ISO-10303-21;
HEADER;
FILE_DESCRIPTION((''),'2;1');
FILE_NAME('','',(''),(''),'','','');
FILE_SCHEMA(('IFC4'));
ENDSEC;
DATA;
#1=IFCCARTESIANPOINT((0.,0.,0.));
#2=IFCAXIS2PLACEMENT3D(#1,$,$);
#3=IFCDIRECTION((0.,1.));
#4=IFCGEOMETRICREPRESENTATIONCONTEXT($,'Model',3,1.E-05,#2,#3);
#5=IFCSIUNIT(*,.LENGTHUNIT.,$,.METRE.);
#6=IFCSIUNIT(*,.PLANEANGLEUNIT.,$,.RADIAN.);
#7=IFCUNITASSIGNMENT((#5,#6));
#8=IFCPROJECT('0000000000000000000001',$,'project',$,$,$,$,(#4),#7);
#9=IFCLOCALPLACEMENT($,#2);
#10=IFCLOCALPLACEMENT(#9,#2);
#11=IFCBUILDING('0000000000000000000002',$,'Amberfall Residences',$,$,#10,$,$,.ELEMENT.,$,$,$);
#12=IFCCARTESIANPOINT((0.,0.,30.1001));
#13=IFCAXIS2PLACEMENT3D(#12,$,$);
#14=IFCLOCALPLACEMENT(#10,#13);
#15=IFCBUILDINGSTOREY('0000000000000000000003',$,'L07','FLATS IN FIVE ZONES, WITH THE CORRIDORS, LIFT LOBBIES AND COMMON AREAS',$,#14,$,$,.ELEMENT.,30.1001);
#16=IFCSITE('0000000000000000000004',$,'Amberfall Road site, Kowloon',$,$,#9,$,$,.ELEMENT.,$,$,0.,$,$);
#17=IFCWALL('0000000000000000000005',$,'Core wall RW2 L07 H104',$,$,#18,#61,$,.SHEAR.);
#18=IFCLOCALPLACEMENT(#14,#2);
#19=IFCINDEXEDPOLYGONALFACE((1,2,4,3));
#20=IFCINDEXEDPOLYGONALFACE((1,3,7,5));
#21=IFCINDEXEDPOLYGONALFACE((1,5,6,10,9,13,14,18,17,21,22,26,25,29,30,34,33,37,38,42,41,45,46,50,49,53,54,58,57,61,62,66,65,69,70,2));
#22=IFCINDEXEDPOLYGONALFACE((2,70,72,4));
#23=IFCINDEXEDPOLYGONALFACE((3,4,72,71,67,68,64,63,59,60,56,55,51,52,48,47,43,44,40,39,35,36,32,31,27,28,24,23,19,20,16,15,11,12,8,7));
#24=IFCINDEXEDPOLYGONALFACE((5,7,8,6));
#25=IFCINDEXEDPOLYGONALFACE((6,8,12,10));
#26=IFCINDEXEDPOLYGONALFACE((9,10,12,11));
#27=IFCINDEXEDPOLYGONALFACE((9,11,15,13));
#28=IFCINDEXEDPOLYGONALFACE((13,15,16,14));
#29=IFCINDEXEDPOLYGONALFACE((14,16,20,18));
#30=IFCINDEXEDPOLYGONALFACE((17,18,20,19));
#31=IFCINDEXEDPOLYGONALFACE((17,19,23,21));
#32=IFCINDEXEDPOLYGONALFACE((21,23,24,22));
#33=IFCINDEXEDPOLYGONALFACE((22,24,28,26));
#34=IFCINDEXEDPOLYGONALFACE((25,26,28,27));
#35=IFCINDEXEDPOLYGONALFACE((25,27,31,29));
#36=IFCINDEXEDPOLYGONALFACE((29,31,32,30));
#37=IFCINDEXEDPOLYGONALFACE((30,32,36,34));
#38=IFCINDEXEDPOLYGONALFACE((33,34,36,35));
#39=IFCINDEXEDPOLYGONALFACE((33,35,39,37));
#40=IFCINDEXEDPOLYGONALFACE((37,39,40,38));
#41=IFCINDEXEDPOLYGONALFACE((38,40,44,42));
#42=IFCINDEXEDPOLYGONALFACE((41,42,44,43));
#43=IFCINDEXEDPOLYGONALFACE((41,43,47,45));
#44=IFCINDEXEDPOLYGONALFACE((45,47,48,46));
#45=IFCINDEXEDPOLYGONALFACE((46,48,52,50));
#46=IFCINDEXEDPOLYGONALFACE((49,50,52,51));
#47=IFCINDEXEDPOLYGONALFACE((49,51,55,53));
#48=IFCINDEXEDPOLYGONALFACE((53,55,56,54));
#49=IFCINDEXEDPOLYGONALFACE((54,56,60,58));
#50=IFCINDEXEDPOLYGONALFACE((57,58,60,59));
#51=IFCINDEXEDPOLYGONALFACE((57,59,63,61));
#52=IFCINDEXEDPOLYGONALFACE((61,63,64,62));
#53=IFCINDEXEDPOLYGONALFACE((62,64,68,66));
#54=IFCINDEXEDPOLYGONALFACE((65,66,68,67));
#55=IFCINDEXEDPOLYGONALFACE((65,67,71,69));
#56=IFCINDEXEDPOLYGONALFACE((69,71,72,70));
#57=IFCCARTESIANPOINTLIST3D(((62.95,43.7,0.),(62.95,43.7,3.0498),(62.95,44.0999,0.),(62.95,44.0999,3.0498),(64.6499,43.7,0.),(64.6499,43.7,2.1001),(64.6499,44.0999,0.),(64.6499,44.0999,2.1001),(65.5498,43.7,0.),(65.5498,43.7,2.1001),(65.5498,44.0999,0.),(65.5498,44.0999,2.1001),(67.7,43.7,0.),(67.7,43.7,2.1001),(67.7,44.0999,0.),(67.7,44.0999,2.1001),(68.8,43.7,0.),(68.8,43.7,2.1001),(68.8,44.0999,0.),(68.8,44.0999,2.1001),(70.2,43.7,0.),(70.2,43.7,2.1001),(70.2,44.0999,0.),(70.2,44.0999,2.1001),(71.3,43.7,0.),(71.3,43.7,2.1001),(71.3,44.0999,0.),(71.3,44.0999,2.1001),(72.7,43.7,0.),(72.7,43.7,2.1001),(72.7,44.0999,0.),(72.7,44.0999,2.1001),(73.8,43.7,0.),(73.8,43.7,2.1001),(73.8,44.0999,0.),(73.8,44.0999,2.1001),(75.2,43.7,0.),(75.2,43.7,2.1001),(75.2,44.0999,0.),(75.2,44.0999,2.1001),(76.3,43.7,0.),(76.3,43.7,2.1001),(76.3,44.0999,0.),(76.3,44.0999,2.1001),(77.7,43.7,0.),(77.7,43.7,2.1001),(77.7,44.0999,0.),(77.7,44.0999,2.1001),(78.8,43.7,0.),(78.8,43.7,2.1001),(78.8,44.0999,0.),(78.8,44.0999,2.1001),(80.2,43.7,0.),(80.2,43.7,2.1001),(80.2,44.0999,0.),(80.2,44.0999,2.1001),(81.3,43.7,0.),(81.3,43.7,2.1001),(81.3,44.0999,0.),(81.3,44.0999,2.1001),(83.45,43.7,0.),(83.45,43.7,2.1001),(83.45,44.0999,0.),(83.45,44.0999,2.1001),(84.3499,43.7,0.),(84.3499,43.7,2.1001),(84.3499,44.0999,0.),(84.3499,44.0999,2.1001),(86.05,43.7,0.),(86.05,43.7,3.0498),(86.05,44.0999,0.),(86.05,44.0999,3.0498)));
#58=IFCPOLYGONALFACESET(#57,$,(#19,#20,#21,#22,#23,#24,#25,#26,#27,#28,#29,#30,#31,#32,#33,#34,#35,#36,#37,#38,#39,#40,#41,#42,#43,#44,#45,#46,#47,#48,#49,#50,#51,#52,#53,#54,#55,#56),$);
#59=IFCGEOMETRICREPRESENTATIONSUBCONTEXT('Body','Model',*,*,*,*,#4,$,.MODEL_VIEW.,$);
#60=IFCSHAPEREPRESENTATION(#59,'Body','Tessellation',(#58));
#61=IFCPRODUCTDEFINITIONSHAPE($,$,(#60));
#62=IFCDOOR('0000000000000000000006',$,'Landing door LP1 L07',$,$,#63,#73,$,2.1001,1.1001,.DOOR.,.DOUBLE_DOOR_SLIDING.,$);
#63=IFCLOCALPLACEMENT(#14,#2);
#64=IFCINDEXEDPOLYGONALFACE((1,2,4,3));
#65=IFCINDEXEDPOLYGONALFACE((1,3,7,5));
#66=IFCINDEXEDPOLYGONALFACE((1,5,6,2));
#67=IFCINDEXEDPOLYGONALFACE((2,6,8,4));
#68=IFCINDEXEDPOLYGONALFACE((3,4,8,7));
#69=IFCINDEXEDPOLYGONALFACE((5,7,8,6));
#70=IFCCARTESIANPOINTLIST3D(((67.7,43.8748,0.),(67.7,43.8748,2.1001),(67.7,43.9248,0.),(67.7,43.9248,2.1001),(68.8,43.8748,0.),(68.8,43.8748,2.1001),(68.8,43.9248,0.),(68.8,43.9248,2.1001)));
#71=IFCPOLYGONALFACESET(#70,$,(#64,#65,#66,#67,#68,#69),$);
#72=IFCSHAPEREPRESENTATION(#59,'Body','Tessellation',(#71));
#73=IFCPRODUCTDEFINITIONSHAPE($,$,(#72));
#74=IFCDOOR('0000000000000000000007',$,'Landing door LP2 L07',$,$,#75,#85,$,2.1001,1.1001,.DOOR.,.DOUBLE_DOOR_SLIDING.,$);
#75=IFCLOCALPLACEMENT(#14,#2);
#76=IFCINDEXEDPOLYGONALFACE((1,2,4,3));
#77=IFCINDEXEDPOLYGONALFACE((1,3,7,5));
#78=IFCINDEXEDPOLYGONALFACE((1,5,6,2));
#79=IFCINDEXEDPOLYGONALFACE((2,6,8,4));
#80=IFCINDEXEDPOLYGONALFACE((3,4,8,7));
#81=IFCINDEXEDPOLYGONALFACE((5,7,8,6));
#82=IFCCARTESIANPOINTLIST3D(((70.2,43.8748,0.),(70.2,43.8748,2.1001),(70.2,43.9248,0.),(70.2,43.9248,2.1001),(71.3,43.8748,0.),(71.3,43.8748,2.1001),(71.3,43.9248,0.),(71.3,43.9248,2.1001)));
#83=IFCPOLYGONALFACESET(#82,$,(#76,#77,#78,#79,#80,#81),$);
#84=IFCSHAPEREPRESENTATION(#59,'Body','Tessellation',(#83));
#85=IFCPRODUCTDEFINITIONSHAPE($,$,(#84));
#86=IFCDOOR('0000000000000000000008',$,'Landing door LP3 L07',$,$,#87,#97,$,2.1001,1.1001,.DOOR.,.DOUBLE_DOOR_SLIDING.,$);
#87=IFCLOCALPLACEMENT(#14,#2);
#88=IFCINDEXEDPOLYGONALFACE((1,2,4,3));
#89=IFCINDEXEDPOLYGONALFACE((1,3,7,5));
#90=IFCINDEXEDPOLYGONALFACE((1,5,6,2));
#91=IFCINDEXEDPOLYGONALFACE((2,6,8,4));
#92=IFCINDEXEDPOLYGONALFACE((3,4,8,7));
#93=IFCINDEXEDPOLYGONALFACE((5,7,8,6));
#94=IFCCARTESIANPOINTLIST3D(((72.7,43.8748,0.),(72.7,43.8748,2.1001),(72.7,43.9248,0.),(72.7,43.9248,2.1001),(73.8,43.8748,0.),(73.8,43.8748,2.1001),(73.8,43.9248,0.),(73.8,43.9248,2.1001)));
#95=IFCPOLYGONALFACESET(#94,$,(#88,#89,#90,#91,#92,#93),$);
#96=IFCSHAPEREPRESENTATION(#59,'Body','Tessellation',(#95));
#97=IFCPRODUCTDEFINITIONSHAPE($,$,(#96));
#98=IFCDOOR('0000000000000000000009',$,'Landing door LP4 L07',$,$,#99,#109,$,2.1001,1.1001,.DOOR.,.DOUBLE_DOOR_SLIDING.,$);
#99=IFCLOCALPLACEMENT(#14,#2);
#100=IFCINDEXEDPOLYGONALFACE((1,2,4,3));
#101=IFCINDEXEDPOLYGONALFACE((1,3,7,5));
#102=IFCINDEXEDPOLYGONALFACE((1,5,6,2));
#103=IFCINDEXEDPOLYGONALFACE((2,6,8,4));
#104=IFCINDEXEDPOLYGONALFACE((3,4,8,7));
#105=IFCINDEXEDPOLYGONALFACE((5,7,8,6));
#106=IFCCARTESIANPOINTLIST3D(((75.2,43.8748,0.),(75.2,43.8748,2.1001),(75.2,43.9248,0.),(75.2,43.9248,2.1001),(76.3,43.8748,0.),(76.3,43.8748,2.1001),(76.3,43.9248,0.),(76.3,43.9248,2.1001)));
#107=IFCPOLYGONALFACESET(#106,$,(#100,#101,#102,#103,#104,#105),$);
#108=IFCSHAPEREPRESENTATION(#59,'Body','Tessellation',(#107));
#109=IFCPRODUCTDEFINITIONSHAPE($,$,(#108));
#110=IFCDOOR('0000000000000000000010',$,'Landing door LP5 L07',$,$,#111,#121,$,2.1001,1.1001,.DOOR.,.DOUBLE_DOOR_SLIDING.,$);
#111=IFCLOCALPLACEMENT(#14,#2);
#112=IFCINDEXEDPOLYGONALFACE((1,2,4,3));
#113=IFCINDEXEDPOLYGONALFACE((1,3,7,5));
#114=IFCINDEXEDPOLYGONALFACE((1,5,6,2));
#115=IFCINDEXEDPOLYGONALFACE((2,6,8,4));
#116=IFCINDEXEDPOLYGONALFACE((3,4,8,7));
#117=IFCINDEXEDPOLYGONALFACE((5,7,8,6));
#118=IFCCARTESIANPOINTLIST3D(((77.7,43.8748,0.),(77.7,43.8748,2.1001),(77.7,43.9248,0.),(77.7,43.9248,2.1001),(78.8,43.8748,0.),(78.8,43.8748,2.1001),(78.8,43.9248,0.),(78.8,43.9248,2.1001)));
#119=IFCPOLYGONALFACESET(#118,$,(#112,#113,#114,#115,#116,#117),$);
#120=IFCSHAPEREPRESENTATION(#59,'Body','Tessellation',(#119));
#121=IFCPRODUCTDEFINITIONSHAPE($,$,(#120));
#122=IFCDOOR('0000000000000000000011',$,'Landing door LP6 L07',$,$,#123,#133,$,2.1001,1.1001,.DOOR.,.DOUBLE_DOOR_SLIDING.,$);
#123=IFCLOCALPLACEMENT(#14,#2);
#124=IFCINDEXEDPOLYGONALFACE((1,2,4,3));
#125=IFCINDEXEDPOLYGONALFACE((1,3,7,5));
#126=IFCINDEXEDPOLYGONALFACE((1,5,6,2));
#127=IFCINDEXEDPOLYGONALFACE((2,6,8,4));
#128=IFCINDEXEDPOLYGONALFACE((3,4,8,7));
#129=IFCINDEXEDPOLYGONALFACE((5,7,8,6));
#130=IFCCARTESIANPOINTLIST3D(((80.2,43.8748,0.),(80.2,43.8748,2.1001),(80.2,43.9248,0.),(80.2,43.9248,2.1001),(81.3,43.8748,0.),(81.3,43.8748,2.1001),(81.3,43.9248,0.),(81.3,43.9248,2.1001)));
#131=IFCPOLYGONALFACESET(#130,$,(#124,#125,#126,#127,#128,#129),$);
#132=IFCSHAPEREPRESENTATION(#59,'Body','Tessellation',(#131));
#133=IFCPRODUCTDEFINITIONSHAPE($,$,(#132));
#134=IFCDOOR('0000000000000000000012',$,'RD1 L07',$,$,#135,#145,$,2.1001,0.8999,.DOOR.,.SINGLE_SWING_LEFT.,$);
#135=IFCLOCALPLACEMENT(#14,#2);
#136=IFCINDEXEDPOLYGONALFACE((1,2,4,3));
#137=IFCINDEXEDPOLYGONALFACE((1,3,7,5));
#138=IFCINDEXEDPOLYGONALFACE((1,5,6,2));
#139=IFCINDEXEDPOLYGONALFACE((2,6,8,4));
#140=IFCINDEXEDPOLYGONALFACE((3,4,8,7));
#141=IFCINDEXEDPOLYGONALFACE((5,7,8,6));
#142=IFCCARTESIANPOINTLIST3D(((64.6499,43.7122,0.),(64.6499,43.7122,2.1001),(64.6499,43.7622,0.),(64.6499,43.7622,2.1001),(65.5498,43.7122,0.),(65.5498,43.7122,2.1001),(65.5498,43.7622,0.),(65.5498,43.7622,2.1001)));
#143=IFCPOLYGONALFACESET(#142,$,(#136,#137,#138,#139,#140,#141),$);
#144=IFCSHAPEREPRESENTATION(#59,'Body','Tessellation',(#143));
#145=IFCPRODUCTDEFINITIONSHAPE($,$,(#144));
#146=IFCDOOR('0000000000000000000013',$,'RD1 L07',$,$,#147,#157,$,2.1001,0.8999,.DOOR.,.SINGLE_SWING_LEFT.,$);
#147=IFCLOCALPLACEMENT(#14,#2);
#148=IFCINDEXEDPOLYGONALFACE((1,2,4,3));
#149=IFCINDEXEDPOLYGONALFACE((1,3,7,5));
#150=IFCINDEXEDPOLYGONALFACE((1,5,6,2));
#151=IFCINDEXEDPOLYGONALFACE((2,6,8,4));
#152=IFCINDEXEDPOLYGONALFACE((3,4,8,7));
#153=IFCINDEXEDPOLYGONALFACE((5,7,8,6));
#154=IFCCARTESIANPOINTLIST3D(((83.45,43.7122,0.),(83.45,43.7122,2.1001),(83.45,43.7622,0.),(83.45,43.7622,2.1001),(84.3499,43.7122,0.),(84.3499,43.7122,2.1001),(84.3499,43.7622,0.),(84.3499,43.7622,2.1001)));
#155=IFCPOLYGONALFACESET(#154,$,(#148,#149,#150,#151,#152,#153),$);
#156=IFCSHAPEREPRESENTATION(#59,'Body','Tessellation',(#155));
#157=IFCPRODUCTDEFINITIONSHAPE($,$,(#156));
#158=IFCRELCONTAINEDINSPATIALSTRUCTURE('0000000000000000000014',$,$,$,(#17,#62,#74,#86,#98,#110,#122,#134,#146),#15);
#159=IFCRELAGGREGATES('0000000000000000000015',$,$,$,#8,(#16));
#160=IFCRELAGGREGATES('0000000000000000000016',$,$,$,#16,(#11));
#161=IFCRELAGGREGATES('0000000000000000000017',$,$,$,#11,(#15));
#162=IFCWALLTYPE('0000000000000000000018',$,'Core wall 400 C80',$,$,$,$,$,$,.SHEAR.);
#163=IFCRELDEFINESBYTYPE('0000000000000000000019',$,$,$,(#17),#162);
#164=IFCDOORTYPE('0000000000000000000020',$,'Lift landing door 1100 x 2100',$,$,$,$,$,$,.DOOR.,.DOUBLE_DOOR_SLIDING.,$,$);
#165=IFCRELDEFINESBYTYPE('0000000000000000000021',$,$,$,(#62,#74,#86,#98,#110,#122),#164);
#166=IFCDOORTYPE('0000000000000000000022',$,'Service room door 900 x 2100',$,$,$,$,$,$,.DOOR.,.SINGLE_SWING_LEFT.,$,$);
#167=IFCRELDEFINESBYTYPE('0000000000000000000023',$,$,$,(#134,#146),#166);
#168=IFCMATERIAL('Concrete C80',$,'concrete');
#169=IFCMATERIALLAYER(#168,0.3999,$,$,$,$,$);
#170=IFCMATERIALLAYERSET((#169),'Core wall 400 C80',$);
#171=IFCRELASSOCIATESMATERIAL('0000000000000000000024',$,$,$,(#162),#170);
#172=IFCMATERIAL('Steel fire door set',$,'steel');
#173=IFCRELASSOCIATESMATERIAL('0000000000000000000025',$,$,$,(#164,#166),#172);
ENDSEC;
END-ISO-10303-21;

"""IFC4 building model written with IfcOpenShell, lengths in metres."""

from ifc_helpers import new_model, si_unit, direction, frame, frame_2d, origin, place, context, subcontext, project, spatial, rectangle, extrude, material, layer, layer_set, type_object, element, fill, save


model = new_model("IFC4")

# Units and contexts
model_context = context("Model", 3, precision=1e-05, world=origin(), true_north=direction((0.0, 1.0)))
body_context = subcontext(model_context, "Body", "Model", "MODEL_VIEW")
ifc_project = project(units=[si_unit("LENGTHUNIT", "METRE"), si_unit("PLANEANGLEUNIT", "RADIAN")], contexts=[model_context])

# Site, building, storey
site_placement = place(None, origin())
site = spatial("IfcSite", under=ifc_project, at=site_placement, Name="Amberfall Road site, Kowloon", CompositionType="ELEMENT", RefElevation=0.0)
building_placement = place(site_placement, origin())
building = spatial("IfcBuilding", under=site, at=building_placement, Name="Amberfall Residences", CompositionType="ELEMENT")
storey_placement = place(building_placement, frame((0.0, 0.0, 30.1001)))
storey = spatial("IfcBuildingStorey", under=building, at=storey_placement, Name="L07", Description="FLATS IN FIVE ZONES, WITH THE CORRIDORS, LIFT LOBBIES AND COMMON AREAS", CompositionType="ELEMENT", Elevation=30.1001)

# Shared definitions
ifc_material_1 = material(Name="Concrete C80", Category="concrete")
ifc_layer = layer(ifc_material_1, 0.3999)
ifc_layer_set = layer_set([ifc_layer], Name="Core wall 400 C80")
wall_type = type_object("IfcWallType", Name="Core wall 400 C80", PredefinedType="SHEAR", material=ifc_layer_set)

# Wall, openings, doors
wall_1_placement = place(storey_placement, frame((62.95, 43.8999, 0.0), z_axis=(0.0, 0.0, 1.0), x_axis=(1.0, 0.0, 0.0)))
wall_1 = element("IfcWall", 1, at=wall_1_placement, inside=storey, type_object=wall_type, Name="Core wall RW2 L07 H104", PredefinedType="SHEAR", context=body_context, shape_type="SweptSolid", body=[
    extrude(rectangle(XDim=23.1001, YDim=0.3999, at=frame_2d((11.55, 0.0))), origin(), (0.0, 0.0, 1.0), 3.0498),
])
opening_1_placement = place(wall_1_placement, frame((1.7, 0.0, 0.0)))
opening_1 = element("IfcOpeningElement", 2, at=opening_1_placement, cuts=wall_1, PredefinedType="OPENING", context=body_context, shape_type="SweptSolid", body=[
    extrude(rectangle(XDim=0.8999, YDim=2.1001, at=frame_2d((0.45, 1.05))), frame((0.0, 0.21, 0.0), z_axis=(0.0, -1.0, 0.0), x_axis=(1.0, 0.0, 0.0)), (0.0, 0.0, 1.0), 0.4199),
])
opening_2_placement = place(wall_1_placement, frame((20.5, 0.0, 0.0)))
opening_2 = element("IfcOpeningElement", 3, at=opening_2_placement, cuts=wall_1, PredefinedType="OPENING", context=body_context, shape_type="SweptSolid", body=[
    extrude(rectangle(XDim=0.8999, YDim=2.1001, at=frame_2d((0.45, 1.05))), frame((0.0, 0.21, 0.0), z_axis=(0.0, -1.0, 0.0), x_axis=(1.0, 0.0, 0.0)), (0.0, 0.0, 1.0), 0.4199),
])
opening_3_placement = place(wall_1_placement, frame((4.75, 0.0, 0.0)))
opening_3 = element("IfcOpeningElement", 4, at=opening_3_placement, cuts=wall_1, PredefinedType="OPENING", context=body_context, shape_type="SweptSolid", body=[
    extrude(rectangle(XDim=1.1001, YDim=2.1001, at=frame_2d((0.55, 1.05))), frame((0.0, 0.21, 0.0), z_axis=(0.0, -1.0, 0.0), x_axis=(1.0, 0.0, 0.0)), (0.0, 0.0, 1.0), 0.4199),
])
opening_4_placement = place(wall_1_placement, frame((7.25, 0.0, 0.0)))
opening_4 = element("IfcOpeningElement", 5, at=opening_4_placement, cuts=wall_1, PredefinedType="OPENING", context=body_context, shape_type="SweptSolid", body=[
    extrude(rectangle(XDim=1.1001, YDim=2.1001, at=frame_2d((0.55, 1.05))), frame((0.0, 0.21, 0.0), z_axis=(0.0, -1.0, 0.0), x_axis=(1.0, 0.0, 0.0)), (0.0, 0.0, 1.0), 0.4199),
])
opening_5_placement = place(wall_1_placement, frame((9.75, 0.0, 0.0)))
opening_5 = element("IfcOpeningElement", 6, at=opening_5_placement, cuts=wall_1, PredefinedType="OPENING", context=body_context, shape_type="SweptSolid", body=[
    extrude(rectangle(XDim=1.1001, YDim=2.1001, at=frame_2d((0.55, 1.05))), frame((0.0, 0.21, 0.0), z_axis=(0.0, -1.0, 0.0), x_axis=(1.0, 0.0, 0.0)), (0.0, 0.0, 1.0), 0.4199),
])
opening_6_placement = place(wall_1_placement, frame((12.25, 0.0, 0.0)))
opening_6 = element("IfcOpeningElement", 7, at=opening_6_placement, cuts=wall_1, PredefinedType="OPENING", context=body_context, shape_type="SweptSolid", body=[
    extrude(rectangle(XDim=1.1001, YDim=2.1001, at=frame_2d((0.55, 1.05))), frame((0.0, 0.21, 0.0), z_axis=(0.0, -1.0, 0.0), x_axis=(1.0, 0.0, 0.0)), (0.0, 0.0, 1.0), 0.4199),
])
opening_7_placement = place(wall_1_placement, frame((14.75, 0.0, 0.0)))
opening_7 = element("IfcOpeningElement", 8, at=opening_7_placement, cuts=wall_1, PredefinedType="OPENING", context=body_context, shape_type="SweptSolid", body=[
    extrude(rectangle(XDim=1.1001, YDim=2.1001, at=frame_2d((0.55, 1.05))), frame((0.0, 0.21, 0.0), z_axis=(0.0, -1.0, 0.0), x_axis=(1.0, 0.0, 0.0)), (0.0, 0.0, 1.0), 0.4199),
])
opening_8_placement = place(wall_1_placement, frame((17.25, 0.0, 0.0)))
opening_8 = element("IfcOpeningElement", 9, at=opening_8_placement, cuts=wall_1, PredefinedType="OPENING", context=body_context, shape_type="SweptSolid", body=[
    extrude(rectangle(XDim=1.1001, YDim=2.1001, at=frame_2d((0.55, 1.05))), frame((0.0, 0.21, 0.0), z_axis=(0.0, -1.0, 0.0), x_axis=(1.0, 0.0, 0.0)), (0.0, 0.0, 1.0), 0.4199),
])
ifc_material_2 = material(Name="Steel fire door set", Category="steel")
door_type_1 = type_object("IfcDoorType", Name="Lift landing door 1100 x 2100", OperationType="DOUBLE_DOOR_SLIDING", PredefinedType="DOOR", material=ifc_material_2)
door_1_placement = place(opening_3_placement, origin())
door_1 = element("IfcDoor", 10, at=door_1_placement, inside=storey, type_object=door_type_1, Name="Landing door LP1 L07", OperationType="DOUBLE_DOOR_SLIDING", OverallHeight=2.1001, OverallWidth=1.1001, PredefinedType="DOOR", context=body_context, shape_type="SweptSolid", body=[
    extrude(rectangle(XDim=1.1001, YDim=2.1001, at=frame_2d((0.55, 1.05))), frame((0.0, 0.0249, 0.0), z_axis=(0.0, -1.0, 0.0), x_axis=(1.0, 0.0, 0.0)), (0.0, 0.0, 1.0), 0.05),
])
fill(opening_3, door_1)
door_2_placement = place(opening_4_placement, origin())
door_2 = element("IfcDoor", 11, at=door_2_placement, inside=storey, type_object=door_type_1, Name="Landing door LP2 L07", OperationType="DOUBLE_DOOR_SLIDING", OverallHeight=2.1001, OverallWidth=1.1001, PredefinedType="DOOR", context=body_context, shape_type="SweptSolid", body=[
    extrude(rectangle(XDim=1.1001, YDim=2.1001, at=frame_2d((0.55, 1.05))), frame((0.0, 0.0249, 0.0), z_axis=(0.0, -1.0, 0.0), x_axis=(1.0, 0.0, 0.0)), (0.0, 0.0, 1.0), 0.05),
])
fill(opening_4, door_2)
door_3_placement = place(opening_5_placement, origin())
door_3 = element("IfcDoor", 12, at=door_3_placement, inside=storey, type_object=door_type_1, Name="Landing door LP3 L07", OperationType="DOUBLE_DOOR_SLIDING", OverallHeight=2.1001, OverallWidth=1.1001, PredefinedType="DOOR", context=body_context, shape_type="SweptSolid", body=[
    extrude(rectangle(XDim=1.1001, YDim=2.1001, at=frame_2d((0.55, 1.05))), frame((0.0, 0.0249, 0.0), z_axis=(0.0, -1.0, 0.0), x_axis=(1.0, 0.0, 0.0)), (0.0, 0.0, 1.0), 0.05),
])
fill(opening_5, door_3)
door_4_placement = place(opening_6_placement, origin())
door_4 = element("IfcDoor", 13, at=door_4_placement, inside=storey, type_object=door_type_1, Name="Landing door LP4 L07", OperationType="DOUBLE_DOOR_SLIDING", OverallHeight=2.1001, OverallWidth=1.1001, PredefinedType="DOOR", context=body_context, shape_type="SweptSolid", body=[
    extrude(rectangle(XDim=1.1001, YDim=2.1001, at=frame_2d((0.55, 1.05))), frame((0.0, 0.0249, 0.0), z_axis=(0.0, -1.0, 0.0), x_axis=(1.0, 0.0, 0.0)), (0.0, 0.0, 1.0), 0.05),
])
fill(opening_6, door_4)
door_5_placement = place(opening_7_placement, origin())
door_5 = element("IfcDoor", 14, at=door_5_placement, inside=storey, type_object=door_type_1, Name="Landing door LP5 L07", OperationType="DOUBLE_DOOR_SLIDING", OverallHeight=2.1001, OverallWidth=1.1001, PredefinedType="DOOR", context=body_context, shape_type="SweptSolid", body=[
    extrude(rectangle(XDim=1.1001, YDim=2.1001, at=frame_2d((0.55, 1.05))), frame((0.0, 0.0249, 0.0), z_axis=(0.0, -1.0, 0.0), x_axis=(1.0, 0.0, 0.0)), (0.0, 0.0, 1.0), 0.05),
])
fill(opening_7, door_5)
door_6_placement = place(opening_8_placement, origin())
door_6 = element("IfcDoor", 15, at=door_6_placement, inside=storey, type_object=door_type_1, Name="Landing door LP6 L07", OperationType="DOUBLE_DOOR_SLIDING", OverallHeight=2.1001, OverallWidth=1.1001, PredefinedType="DOOR", context=body_context, shape_type="SweptSolid", body=[
    extrude(rectangle(XDim=1.1001, YDim=2.1001, at=frame_2d((0.55, 1.05))), frame((0.0, 0.0249, 0.0), z_axis=(0.0, -1.0, 0.0), x_axis=(1.0, 0.0, 0.0)), (0.0, 0.0, 1.0), 0.05),
])
fill(opening_8, door_6)
door_type_2 = type_object("IfcDoorType", Name="Service room door 900 x 2100", OperationType="SINGLE_SWING_LEFT", PredefinedType="DOOR", material=ifc_material_2)
door_7_placement = place(opening_1_placement, origin())
door_7 = element("IfcDoor", 16, at=door_7_placement, inside=storey, type_object=door_type_2, Name="RD1 L07", OperationType="SINGLE_SWING_LEFT", OverallHeight=2.1001, OverallWidth=0.8999, PredefinedType="DOOR", context=body_context, shape_type="SweptSolid", body=[
    extrude(rectangle(XDim=0.8999, YDim=2.1001, at=frame_2d((0.45, 1.05))), frame((0.0, -0.1377, 0.0), z_axis=(0.0, -1.0, 0.0), x_axis=(1.0, 0.0, 0.0)), (0.0, 0.0, 1.0), 0.05),
])
fill(opening_1, door_7)
door_8_placement = place(opening_2_placement, origin())
door_8 = element("IfcDoor", 17, at=door_8_placement, inside=storey, type_object=door_type_2, Name="RD1 L07", OperationType="SINGLE_SWING_LEFT", OverallHeight=2.1001, OverallWidth=0.8999, PredefinedType="DOOR", context=body_context, shape_type="SweptSolid", body=[
    extrude(rectangle(XDim=0.8999, YDim=2.1001, at=frame_2d((0.45, 1.05))), frame((0.0, -0.1377, 0.0), z_axis=(0.0, -1.0, 0.0), x_axis=(1.0, 0.0, 0.0)), (0.0, 0.0, 1.0), 0.05),
])
fill(opening_2, door_8)

save(model, "model.ifc")
